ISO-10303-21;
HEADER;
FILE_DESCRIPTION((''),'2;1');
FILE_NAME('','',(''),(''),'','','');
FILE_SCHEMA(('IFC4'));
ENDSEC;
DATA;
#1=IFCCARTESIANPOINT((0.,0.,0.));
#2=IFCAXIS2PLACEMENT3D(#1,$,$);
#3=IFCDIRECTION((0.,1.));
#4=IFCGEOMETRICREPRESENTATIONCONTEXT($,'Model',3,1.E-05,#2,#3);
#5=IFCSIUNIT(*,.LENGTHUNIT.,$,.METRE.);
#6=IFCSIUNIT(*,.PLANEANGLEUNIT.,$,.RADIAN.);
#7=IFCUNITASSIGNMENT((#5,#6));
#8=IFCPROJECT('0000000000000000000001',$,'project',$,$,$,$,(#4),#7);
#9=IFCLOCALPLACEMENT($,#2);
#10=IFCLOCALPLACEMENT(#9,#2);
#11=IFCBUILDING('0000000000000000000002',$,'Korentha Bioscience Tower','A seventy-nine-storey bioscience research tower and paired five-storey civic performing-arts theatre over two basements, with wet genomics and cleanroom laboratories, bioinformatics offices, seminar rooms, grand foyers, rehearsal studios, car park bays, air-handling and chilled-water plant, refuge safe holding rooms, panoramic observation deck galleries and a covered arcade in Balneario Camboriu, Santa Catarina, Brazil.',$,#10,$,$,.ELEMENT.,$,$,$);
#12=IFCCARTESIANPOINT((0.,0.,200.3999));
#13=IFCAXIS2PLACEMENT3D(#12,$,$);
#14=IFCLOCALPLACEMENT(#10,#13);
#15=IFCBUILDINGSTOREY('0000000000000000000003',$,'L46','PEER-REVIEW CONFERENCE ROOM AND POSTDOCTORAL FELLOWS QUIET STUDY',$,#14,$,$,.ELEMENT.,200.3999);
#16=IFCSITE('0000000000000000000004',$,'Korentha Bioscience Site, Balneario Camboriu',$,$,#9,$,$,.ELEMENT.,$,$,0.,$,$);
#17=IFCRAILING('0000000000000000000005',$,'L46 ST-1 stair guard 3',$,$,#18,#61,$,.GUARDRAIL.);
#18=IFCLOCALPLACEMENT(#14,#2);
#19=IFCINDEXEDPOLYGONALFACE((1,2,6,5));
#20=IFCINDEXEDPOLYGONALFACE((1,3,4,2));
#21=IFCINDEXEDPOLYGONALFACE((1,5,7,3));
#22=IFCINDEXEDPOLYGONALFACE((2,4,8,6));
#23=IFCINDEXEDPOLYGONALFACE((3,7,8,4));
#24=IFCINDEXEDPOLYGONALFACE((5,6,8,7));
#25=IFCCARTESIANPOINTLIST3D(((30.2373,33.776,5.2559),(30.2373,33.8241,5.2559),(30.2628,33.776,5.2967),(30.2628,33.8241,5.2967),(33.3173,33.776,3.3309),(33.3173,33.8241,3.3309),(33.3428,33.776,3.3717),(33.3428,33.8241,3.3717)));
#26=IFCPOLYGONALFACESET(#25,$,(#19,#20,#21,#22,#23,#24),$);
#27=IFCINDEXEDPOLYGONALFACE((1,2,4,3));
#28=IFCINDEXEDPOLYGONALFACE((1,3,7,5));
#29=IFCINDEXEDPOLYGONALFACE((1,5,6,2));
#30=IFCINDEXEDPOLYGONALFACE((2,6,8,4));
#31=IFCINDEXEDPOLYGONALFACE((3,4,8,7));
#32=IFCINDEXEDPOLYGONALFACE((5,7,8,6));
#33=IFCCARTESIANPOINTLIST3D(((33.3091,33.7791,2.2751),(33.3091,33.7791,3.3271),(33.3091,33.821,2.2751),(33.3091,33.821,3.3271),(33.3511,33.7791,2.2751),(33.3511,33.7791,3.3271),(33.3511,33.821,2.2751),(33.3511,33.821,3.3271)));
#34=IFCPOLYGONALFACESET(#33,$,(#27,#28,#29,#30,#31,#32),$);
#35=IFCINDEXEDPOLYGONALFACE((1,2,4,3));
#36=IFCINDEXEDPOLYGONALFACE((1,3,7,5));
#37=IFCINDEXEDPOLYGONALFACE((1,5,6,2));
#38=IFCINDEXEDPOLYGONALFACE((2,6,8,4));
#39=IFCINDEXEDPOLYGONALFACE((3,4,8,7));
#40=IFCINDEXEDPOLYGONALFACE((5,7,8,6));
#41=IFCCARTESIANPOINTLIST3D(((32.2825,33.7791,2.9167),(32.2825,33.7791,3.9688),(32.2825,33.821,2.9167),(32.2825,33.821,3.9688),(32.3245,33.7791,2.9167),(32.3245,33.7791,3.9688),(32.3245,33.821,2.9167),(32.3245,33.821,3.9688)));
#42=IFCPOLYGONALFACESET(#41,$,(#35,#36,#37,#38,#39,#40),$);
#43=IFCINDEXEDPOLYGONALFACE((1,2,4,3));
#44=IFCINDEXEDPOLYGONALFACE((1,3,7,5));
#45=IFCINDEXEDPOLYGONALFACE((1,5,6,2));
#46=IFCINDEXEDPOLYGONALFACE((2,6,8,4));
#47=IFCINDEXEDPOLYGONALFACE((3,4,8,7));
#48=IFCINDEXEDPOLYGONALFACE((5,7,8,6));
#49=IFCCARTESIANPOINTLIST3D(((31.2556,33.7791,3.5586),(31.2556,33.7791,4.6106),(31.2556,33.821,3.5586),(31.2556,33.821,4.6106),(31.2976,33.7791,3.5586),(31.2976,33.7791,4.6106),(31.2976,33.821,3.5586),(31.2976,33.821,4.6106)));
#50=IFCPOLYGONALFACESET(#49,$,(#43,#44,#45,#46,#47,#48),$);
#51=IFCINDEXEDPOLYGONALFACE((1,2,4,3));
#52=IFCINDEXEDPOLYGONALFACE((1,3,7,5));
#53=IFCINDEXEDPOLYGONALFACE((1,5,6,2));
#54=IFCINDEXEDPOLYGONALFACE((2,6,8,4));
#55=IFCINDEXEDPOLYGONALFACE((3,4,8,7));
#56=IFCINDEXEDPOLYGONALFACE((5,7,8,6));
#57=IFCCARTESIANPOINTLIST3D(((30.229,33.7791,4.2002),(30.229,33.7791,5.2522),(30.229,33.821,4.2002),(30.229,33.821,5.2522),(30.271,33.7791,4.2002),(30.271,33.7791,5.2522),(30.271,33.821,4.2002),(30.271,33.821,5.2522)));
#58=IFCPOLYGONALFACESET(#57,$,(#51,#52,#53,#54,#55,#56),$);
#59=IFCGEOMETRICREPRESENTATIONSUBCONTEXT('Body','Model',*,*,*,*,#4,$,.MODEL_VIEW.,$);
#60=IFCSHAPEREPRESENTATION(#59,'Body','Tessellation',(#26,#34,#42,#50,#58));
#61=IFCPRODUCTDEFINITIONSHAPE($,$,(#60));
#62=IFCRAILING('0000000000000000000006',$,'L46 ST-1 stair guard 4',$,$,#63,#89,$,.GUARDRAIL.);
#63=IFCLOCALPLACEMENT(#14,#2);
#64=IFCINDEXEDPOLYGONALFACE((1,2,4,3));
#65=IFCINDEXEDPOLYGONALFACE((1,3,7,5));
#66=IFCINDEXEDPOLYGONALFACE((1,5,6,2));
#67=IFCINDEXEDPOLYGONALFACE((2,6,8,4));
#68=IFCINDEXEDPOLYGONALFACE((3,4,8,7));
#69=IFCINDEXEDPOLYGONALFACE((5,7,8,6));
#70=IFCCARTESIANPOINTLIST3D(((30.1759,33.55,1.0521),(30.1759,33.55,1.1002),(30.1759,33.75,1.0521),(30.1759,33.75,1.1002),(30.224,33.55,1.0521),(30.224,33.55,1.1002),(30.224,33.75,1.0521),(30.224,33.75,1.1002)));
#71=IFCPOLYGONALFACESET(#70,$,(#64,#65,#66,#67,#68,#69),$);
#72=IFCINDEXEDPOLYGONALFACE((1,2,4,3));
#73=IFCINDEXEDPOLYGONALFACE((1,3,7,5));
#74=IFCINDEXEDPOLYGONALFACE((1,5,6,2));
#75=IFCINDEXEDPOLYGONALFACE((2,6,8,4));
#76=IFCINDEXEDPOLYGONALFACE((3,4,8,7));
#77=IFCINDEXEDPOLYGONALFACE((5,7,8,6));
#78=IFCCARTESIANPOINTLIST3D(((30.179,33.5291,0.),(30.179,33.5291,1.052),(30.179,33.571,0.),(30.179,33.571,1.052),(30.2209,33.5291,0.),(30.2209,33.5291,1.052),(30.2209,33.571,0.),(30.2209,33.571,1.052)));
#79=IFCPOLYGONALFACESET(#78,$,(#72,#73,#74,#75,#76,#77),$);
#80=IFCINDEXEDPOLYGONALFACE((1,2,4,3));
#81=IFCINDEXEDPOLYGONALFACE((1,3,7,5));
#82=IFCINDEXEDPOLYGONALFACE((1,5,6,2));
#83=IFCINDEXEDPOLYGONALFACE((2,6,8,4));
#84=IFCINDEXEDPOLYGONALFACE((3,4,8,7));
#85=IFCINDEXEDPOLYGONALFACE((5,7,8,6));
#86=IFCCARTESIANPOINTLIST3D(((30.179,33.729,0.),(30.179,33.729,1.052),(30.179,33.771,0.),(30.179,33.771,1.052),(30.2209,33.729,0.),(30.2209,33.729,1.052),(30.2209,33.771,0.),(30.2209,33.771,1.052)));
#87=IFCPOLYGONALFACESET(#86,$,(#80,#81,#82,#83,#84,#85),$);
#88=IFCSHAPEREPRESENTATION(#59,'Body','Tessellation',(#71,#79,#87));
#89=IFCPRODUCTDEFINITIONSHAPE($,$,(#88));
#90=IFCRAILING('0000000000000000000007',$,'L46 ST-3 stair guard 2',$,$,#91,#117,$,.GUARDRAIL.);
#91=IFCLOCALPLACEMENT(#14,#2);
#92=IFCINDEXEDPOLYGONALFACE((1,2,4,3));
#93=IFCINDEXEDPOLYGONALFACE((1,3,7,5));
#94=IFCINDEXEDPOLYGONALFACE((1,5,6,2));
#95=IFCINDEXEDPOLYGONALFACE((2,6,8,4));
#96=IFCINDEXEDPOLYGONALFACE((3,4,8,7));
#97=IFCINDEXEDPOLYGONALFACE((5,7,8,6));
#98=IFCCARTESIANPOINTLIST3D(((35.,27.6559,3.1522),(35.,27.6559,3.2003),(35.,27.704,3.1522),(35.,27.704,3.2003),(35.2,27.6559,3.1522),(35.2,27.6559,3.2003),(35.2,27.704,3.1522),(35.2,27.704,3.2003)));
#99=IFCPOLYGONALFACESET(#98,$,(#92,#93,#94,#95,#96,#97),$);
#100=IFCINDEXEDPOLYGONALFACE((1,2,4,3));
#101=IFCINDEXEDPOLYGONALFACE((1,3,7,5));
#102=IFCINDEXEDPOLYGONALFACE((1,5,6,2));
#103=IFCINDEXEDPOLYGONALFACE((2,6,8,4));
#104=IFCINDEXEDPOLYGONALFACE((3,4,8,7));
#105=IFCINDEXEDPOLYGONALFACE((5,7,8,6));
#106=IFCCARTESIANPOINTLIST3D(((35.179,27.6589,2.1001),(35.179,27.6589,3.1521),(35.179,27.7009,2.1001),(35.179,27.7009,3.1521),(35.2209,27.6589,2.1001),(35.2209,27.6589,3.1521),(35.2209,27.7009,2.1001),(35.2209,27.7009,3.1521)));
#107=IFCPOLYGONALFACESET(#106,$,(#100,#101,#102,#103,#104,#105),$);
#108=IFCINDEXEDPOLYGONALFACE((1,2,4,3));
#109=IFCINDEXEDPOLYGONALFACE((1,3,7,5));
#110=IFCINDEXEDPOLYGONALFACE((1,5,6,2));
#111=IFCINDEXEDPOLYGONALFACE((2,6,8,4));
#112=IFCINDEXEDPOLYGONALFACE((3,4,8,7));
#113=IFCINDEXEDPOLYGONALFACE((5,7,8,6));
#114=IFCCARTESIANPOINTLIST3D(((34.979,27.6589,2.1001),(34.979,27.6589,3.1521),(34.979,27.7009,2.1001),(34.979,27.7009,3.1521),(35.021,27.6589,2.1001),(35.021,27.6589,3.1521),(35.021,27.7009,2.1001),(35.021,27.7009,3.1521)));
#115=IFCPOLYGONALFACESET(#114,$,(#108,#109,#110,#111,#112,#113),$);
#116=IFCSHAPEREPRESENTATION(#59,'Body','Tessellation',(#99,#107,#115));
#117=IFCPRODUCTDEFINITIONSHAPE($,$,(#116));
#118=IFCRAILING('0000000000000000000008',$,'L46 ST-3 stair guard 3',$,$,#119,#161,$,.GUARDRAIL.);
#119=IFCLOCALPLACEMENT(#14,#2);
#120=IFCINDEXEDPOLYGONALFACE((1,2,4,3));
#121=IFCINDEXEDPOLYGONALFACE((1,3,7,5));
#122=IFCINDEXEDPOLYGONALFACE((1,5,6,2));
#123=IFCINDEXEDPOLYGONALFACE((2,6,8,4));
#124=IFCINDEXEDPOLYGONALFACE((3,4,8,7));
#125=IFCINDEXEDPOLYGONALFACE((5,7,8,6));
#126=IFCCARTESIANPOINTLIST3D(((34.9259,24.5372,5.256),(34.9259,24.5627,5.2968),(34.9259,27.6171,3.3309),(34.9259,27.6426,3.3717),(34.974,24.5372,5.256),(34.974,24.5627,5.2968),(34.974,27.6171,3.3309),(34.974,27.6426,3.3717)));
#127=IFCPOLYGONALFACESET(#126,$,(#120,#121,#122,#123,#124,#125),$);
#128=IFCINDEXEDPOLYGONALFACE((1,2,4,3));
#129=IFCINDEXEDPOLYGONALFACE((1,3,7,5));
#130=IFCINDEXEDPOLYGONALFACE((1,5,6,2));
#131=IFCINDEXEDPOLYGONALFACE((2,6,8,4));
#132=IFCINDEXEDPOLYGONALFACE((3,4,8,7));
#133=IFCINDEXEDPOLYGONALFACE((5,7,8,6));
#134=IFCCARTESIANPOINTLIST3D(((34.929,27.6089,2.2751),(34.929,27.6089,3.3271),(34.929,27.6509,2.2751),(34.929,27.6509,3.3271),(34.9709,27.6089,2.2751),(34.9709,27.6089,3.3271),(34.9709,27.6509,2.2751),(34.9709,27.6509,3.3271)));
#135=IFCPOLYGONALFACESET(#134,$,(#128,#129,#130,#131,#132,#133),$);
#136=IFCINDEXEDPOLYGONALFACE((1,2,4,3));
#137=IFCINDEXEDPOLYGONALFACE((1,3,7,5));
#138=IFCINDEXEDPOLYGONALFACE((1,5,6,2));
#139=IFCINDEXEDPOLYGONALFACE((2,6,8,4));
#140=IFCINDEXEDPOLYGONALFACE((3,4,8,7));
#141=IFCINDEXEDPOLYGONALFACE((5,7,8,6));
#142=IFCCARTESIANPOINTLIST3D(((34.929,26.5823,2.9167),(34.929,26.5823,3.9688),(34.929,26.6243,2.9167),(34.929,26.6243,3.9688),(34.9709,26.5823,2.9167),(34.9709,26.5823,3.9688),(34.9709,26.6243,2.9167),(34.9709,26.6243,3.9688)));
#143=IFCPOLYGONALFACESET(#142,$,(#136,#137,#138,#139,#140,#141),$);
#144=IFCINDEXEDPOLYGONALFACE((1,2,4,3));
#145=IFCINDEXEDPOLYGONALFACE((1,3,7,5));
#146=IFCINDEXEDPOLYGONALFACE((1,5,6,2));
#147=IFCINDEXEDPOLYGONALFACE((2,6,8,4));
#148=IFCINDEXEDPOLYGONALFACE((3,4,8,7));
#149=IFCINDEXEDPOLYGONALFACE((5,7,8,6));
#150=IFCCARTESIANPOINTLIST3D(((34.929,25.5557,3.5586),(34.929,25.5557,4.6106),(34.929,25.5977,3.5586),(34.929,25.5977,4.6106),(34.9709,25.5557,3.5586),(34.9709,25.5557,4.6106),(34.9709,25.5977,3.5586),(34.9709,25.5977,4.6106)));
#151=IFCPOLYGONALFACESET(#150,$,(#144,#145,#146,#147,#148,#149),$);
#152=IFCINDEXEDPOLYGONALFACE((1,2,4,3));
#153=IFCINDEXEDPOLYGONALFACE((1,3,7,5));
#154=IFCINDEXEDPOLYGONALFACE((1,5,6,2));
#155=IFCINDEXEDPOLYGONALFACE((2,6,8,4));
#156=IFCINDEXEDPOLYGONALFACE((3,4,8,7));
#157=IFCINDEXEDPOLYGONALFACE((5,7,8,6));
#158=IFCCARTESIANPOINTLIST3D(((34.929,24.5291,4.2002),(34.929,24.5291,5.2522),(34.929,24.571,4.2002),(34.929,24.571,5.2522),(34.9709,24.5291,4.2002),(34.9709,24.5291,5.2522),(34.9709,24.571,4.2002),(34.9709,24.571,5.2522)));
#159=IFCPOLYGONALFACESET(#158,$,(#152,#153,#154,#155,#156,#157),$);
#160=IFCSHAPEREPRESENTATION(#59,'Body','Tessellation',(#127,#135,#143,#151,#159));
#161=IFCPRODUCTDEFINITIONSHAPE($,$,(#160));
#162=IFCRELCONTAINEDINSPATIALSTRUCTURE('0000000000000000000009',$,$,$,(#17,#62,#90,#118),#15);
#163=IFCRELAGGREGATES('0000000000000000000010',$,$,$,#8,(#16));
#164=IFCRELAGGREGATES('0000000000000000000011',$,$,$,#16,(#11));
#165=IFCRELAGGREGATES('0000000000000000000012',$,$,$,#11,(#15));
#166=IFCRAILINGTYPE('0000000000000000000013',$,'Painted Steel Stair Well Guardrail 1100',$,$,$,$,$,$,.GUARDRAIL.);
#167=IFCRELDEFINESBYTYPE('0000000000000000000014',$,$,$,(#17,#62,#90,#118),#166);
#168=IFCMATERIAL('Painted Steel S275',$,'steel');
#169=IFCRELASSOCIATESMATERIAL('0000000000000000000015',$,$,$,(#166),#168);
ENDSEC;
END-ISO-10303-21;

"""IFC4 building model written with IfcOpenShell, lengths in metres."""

from ifc_helpers import new_model, si_unit, direction, frame, origin, origin_2d, place, context, subcontext, project, spatial, rectangle, extrude, material, type_object, element, save


model = new_model("IFC4")

# Units and contexts
model_context = context("Model", 3, precision=1e-05, world=origin(), true_north=direction((0.0, 1.0)))
body_context = subcontext(model_context, "Body", "Model", "MODEL_VIEW")
ifc_project = project(units=[si_unit("LENGTHUNIT", "METRE"), si_unit("PLANEANGLEUNIT", "RADIAN")], contexts=[model_context])

# Site, building, storey
site_placement = place(None, origin())
site = spatial("IfcSite", under=ifc_project, at=site_placement, Name="Korentha Bioscience Site, Balneario Camboriu", CompositionType="ELEMENT", RefElevation=0.0)
building_placement = place(site_placement, origin())
building = spatial("IfcBuilding", under=site, at=building_placement, Name="Korentha Bioscience Tower", Description="A seventy-nine-storey bioscience research tower and paired five-storey civic performing-arts theatre over two basements, with wet genomics and cleanroom laboratories, bioinformatics offices, seminar rooms, grand foyers, rehearsal studios, car park bays, air-handling and chilled-water plant, refuge safe holding rooms, panoramic observation deck galleries and a covered arcade in Balneario Camboriu, Santa Catarina, Brazil.", CompositionType="ELEMENT")
storey_placement = place(building_placement, frame((0.0, 0.0, 200.3999)))
storey = spatial("IfcBuildingStorey", under=building, at=storey_placement, Name="L46", Description="PEER-REVIEW CONFERENCE ROOM AND POSTDOCTORAL FELLOWS QUIET STUDY", CompositionType="ELEMENT", Elevation=200.3999)

# Railings
ifc_material_1 = material(Name="Painted Steel S275", Category="steel")
railing_type_1 = type_object("IfcRailingType", Name="Painted Steel Stair Well Guardrail 1100", PredefinedType="GUARDRAIL", material=ifc_material_1)
railing_1_placement = place(storey_placement, frame((33.3301, 33.8, 2.2751)))
element("IfcRailing", 1, at=railing_1_placement, inside=storey, type_object=railing_type_1, Name="L46 ST-1 stair guard 3", PredefinedType="GUARDRAIL", context=body_context, shape_type="SweptSolid", body=[
    extrude(rectangle(XDim=0.0481, YDim=0.0481, at=origin_2d()), frame((0.0, 0.0, 1.0762), z_axis=(-0.847998, 0.0, 0.529999), x_axis=(0.0, -1.0, 0.0)), (0.0, 0.0, 1.0), 3.6321),
    extrude(rectangle(XDim=0.042, YDim=0.042, at=origin_2d()), origin(), (0.0, 0.0, 1.0), 1.052),
    extrude(rectangle(XDim=0.042, YDim=0.042, at=origin_2d()), frame((-1.0266, 0.0, 0.6416)), (0.0, 0.0, 1.0), 1.052),
    extrude(rectangle(XDim=0.042, YDim=0.042, at=origin_2d()), frame((-2.0535, 0.0, 1.2834)), (0.0, 0.0, 1.0), 1.052),
    extrude(rectangle(XDim=0.042, YDim=0.042, at=origin_2d()), frame((-3.0801, 0.0, 1.925)), (0.0, 0.0, 1.0), 1.052),
])
railing_2_placement = place(storey_placement, frame((30.2, 33.55, 0.0)))
element("IfcRailing", 2, at=railing_2_placement, inside=storey, type_object=railing_type_1, Name="L46 ST-1 stair guard 4", PredefinedType="GUARDRAIL", context=body_context, shape_type="SweptSolid", body=[
    extrude(rectangle(XDim=0.0481, YDim=0.0481, at=origin_2d()), frame((0.0, 0.0, 1.0762), z_axis=(0.0, 1.0, 0.0), x_axis=(-1.0, 0.0, 0.0)), (0.0, 0.0, 1.0), 0.2),
    extrude(rectangle(XDim=0.042, YDim=0.042, at=origin_2d()), origin(), (0.0, 0.0, 1.0), 1.052),
    extrude(rectangle(XDim=0.042, YDim=0.042, at=origin_2d()), frame((0.0, 0.2, 0.0)), (0.0, 0.0, 1.0), 1.052),
])
railing_3_placement = place(storey_placement, frame((35.2, 27.6799, 2.1001)))
element("IfcRailing", 3, at=railing_3_placement, inside=storey, type_object=railing_type_1, Name="L46 ST-3 stair guard 2", PredefinedType="GUARDRAIL", context=body_context, shape_type="SweptSolid", body=[
    extrude(rectangle(XDim=0.0481, YDim=0.0481, at=origin_2d()), frame((0.0, 0.0, 1.0762), z_axis=(-1.0, 0.0, 0.0), x_axis=(0.0, -1.0, 0.0)), (0.0, 0.0, 1.0), 0.2),
    extrude(rectangle(XDim=0.042, YDim=0.042, at=origin_2d()), origin(), (0.0, 0.0, 1.0), 1.052),
    extrude(rectangle(XDim=0.042, YDim=0.042, at=origin_2d()), frame((-0.2, 0.0, 0.0)), (0.0, 0.0, 1.0), 1.052),
])
railing_4_placement = place(storey_placement, frame((34.95, 27.6299, 2.2751)))
element("IfcRailing", 4, at=railing_4_placement, inside=storey, type_object=railing_type_1, Name="L46 ST-3 stair guard 3", PredefinedType="GUARDRAIL", context=body_context, shape_type="SweptSolid", body=[
    extrude(rectangle(XDim=0.0481, YDim=0.0481, at=origin_2d()), frame((0.0, 0.0, 1.0762), z_axis=(0.0, -0.847979, 0.530029), x_axis=(1.0, 0.0, 0.0)), (0.0, 0.0, 1.0), 3.6321),
    extrude(rectangle(XDim=0.042, YDim=0.042, at=origin_2d()), origin(), (0.0, 0.0, 1.0), 1.052),
    extrude(rectangle(XDim=0.042, YDim=0.042, at=origin_2d()), frame((0.0, -1.0266, 0.6416)), (0.0, 0.0, 1.0), 1.052),
    extrude(rectangle(XDim=0.042, YDim=0.042, at=origin_2d()), frame((0.0, -2.0532, 1.2834)), (0.0, 0.0, 1.0), 1.052),
    extrude(rectangle(XDim=0.042, YDim=0.042, at=origin_2d()), frame((0.0, -3.0798, 1.925)), (0.0, 0.0, 1.0), 1.052),
])

save(model, "model.ifc")
